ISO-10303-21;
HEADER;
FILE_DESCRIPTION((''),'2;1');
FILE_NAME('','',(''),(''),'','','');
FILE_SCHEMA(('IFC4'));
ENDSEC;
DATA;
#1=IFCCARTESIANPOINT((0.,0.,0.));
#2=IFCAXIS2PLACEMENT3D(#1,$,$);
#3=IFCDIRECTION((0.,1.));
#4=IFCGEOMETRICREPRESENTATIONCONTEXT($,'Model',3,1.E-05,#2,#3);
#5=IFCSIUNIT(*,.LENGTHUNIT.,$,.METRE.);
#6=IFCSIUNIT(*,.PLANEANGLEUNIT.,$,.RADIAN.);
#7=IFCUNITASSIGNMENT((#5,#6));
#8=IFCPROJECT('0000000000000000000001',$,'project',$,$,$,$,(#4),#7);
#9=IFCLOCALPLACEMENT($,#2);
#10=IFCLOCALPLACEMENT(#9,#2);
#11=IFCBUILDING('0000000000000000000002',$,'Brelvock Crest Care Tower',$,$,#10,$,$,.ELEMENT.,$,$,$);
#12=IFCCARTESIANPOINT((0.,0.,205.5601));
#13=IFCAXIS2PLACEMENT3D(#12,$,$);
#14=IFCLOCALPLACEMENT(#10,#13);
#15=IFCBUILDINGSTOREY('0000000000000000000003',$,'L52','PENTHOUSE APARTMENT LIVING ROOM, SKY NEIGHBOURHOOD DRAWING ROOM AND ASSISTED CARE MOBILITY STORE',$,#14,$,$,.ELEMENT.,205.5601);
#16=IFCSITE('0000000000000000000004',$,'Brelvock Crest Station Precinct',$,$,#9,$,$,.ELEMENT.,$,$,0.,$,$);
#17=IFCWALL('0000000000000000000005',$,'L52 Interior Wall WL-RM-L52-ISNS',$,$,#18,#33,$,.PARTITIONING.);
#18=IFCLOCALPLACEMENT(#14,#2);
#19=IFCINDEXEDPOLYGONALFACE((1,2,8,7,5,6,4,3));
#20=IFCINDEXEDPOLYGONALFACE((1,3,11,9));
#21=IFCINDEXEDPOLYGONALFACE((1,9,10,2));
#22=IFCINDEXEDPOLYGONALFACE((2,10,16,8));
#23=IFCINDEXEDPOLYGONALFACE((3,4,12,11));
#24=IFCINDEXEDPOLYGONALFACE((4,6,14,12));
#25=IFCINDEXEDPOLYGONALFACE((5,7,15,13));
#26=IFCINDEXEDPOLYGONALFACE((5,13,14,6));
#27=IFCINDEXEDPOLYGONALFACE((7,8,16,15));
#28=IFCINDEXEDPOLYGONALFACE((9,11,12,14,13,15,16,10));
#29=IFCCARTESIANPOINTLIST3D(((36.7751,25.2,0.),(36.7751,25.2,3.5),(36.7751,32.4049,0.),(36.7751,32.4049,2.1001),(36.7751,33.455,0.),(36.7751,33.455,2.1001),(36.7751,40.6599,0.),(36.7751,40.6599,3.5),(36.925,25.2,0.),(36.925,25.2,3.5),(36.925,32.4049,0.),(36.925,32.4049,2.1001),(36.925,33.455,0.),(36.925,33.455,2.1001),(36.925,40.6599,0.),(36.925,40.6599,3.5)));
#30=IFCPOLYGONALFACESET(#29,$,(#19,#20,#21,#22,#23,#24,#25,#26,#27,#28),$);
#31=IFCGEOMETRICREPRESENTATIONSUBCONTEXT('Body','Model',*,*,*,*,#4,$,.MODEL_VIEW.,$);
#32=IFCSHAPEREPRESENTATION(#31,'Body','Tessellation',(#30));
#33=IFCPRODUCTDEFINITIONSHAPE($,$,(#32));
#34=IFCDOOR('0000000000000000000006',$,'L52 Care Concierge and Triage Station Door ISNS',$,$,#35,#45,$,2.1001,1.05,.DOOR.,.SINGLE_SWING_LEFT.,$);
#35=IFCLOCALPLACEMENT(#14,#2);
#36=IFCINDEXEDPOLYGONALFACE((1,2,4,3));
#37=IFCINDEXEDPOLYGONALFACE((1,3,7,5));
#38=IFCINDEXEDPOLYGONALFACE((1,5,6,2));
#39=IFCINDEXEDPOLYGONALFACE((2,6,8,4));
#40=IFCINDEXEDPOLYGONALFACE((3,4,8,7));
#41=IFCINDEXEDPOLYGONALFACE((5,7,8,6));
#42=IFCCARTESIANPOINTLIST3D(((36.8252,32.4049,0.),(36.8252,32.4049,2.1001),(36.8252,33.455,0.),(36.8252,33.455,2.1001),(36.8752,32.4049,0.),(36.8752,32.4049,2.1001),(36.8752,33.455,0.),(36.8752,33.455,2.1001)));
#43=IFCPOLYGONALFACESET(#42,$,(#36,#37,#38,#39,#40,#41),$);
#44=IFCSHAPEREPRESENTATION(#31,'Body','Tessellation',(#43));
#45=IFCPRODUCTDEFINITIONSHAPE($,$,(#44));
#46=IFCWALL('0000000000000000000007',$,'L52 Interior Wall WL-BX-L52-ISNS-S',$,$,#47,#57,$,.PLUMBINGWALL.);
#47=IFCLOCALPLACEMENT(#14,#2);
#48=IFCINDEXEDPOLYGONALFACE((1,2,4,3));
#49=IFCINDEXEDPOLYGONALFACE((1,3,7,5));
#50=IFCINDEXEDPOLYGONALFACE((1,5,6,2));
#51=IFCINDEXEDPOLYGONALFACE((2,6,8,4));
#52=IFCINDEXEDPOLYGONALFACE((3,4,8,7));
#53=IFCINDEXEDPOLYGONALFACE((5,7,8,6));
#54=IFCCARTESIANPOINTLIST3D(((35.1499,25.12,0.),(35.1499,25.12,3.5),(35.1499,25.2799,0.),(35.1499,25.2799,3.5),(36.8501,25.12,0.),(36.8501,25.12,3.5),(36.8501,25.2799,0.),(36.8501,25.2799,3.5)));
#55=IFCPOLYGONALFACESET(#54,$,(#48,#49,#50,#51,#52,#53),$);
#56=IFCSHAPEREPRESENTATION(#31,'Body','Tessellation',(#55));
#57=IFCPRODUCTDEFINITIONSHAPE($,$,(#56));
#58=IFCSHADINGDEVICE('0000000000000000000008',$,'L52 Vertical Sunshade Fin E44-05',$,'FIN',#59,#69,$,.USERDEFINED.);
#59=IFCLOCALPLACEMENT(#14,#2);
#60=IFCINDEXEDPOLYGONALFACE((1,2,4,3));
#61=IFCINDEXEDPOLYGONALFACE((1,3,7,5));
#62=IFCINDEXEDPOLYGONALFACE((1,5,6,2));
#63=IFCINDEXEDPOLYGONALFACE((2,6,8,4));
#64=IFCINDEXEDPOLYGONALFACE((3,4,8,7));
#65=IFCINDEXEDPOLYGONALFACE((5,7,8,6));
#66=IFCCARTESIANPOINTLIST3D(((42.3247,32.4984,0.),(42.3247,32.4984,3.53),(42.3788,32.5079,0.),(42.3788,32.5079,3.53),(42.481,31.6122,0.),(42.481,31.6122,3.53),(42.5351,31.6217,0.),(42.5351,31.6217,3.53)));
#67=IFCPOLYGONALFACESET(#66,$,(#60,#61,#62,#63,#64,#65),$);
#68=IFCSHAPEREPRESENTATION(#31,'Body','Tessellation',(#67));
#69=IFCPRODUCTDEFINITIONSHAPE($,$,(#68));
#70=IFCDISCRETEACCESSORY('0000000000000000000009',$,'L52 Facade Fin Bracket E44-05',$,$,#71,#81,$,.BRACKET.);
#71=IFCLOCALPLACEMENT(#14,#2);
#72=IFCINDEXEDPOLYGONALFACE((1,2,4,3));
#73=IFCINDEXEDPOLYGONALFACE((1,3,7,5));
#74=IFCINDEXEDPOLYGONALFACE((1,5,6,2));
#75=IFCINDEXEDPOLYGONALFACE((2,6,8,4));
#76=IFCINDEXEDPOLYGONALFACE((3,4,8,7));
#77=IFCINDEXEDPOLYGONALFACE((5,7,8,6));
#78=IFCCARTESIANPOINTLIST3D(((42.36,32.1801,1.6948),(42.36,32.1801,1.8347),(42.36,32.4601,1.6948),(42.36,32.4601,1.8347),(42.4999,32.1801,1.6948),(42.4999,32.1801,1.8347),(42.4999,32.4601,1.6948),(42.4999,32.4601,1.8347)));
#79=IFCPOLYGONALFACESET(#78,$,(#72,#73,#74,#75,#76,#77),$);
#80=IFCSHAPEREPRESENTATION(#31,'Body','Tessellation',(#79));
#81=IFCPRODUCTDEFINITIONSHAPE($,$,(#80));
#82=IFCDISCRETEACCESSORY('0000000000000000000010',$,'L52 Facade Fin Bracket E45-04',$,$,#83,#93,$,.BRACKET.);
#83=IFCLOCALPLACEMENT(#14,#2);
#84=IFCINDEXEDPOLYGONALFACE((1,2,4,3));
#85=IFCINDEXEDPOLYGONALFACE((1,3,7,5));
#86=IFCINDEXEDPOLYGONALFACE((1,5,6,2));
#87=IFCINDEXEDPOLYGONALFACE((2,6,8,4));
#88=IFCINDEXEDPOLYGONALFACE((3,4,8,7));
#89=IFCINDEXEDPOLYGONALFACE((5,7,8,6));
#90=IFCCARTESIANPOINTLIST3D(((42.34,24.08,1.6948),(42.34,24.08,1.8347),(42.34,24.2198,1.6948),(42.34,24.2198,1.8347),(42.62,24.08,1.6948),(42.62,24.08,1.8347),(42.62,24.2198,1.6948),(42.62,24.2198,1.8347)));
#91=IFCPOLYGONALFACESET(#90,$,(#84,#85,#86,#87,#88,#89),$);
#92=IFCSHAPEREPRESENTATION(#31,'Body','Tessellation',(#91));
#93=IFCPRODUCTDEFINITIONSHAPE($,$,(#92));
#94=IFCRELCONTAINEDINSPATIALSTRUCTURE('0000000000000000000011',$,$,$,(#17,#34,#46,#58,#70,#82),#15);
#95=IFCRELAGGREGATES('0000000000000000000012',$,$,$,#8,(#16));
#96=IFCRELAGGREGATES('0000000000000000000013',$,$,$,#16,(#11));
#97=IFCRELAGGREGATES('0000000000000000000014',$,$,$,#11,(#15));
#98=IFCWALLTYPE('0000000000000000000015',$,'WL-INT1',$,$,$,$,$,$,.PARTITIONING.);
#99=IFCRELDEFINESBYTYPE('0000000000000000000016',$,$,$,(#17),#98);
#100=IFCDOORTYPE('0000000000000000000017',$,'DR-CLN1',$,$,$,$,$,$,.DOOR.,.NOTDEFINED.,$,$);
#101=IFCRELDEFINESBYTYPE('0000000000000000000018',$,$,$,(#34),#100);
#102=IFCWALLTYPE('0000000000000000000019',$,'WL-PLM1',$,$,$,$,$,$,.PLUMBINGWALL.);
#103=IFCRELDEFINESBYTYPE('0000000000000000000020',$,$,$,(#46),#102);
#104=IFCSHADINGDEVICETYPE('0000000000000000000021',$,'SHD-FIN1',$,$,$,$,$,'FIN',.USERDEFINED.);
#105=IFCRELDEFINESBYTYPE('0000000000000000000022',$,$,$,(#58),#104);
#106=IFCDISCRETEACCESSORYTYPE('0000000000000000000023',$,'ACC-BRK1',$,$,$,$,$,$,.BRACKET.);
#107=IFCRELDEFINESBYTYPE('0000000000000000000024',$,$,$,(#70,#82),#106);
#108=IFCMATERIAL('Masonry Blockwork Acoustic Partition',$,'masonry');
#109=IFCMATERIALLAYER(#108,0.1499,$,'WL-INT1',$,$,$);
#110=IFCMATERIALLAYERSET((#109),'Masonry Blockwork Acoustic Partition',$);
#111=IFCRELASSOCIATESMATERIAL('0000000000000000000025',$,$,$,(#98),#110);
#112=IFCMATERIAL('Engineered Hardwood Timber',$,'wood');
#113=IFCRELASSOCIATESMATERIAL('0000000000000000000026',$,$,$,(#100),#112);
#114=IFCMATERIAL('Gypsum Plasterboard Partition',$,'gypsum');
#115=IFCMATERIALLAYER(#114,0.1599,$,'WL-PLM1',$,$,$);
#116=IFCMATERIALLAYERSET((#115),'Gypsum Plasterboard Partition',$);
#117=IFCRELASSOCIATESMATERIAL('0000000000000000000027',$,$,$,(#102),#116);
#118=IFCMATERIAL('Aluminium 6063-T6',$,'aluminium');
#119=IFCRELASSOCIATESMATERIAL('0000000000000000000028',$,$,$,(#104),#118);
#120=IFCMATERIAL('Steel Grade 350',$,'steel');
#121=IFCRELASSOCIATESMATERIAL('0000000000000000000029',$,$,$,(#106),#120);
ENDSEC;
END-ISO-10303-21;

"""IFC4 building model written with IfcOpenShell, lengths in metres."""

from ifc_helpers import new_model, si_unit, direction, frame, frame_2d, origin, origin_2d, place, context, subcontext, project, spatial, rectangle, extrude, source, transform, mapped, material, layer, layer_set, material_profile, profile_set, type_object, element, fill, save


model = new_model("IFC4")

# Units and contexts
model_context = context("Model", 3, precision=1e-05, world=origin(), true_north=direction((0.0, 1.0)))
body_context = subcontext(model_context, "Body", "Model", "MODEL_VIEW")
ifc_project = project(units=[si_unit("LENGTHUNIT", "METRE"), si_unit("PLANEANGLEUNIT", "RADIAN")], contexts=[model_context])

# Site, building, storey
site_placement = place(None, origin())
site = spatial("IfcSite", under=ifc_project, at=site_placement, Name="Brelvock Crest Station Precinct", CompositionType="ELEMENT", RefElevation=0.0)
building_placement = place(site_placement, origin())
building = spatial("IfcBuilding", under=site, at=building_placement, Name="Brelvock Crest Care Tower", CompositionType="ELEMENT")
storey_placement = place(building_placement, frame((0.0, 0.0, 205.5601)))
storey = spatial("IfcBuildingStorey", under=building, at=storey_placement, Name="L52", Description="PENTHOUSE APARTMENT LIVING ROOM, SKY NEIGHBOURHOOD DRAWING ROOM AND ASSISTED CARE MOBILITY STORE", CompositionType="ELEMENT", Elevation=205.5601)

# Shared definitions
ifc_material_1 = material(Name="Aluminium 6063-T6", Category="aluminium")

# Shared definitions
ifc_material_2 = material(Name="Masonry Blockwork Acoustic Partition", Category="masonry")
ifc_layer_1 = layer(ifc_material_2, 0.1499, Name="WL-INT1")
ifc_layer_set_1 = layer_set([ifc_layer_1], Name="Masonry Blockwork Acoustic Partition")
wall_type_1 = type_object("IfcWallType", Name="WL-INT1", PredefinedType="PARTITIONING", material=ifc_layer_set_1)

# Wall, opening, door
wall_1_placement = place(storey_placement, frame((36.8501, 25.2, 0.0), z_axis=(0.0, 0.0, 1.0), x_axis=(0.0, 1.0, 0.0)))
wall_1 = element("IfcWall", 1, at=wall_1_placement, inside=storey, type_object=wall_type_1, Name="L52 Interior Wall WL-RM-L52-ISNS", PredefinedType="PARTITIONING", context=body_context, shape_type="SweptSolid", body=[
    extrude(rectangle(XDim=15.46, YDim=0.1499, at=frame_2d((7.73, 0.0))), origin(), (0.0, 0.0, 1.0), 3.5),
])
opening_placement = place(wall_1_placement, frame((7.2051, 0.0, 0.0)))
opening = element("IfcOpeningElement", 2, at=opening_placement, cuts=wall_1, PredefinedType="OPENING", context=body_context, shape_type="SweptSolid", body=[
    extrude(rectangle(XDim=1.05, YDim=2.1001, at=origin_2d()), frame((0.5249, 0.085, 1.05), z_axis=(0.0, -1.0, 0.0), x_axis=(1.0, 0.0, 0.0)), (0.0, 0.0, 1.0), 0.1699),
])
ifc_material_3 = material(Name="Engineered Hardwood Timber", Category="wood")
door_type = type_object("IfcDoorType", Name="DR-CLN1", OperationType="NOTDEFINED", PredefinedType="DOOR", material=ifc_material_3)
shared_shape_1 = source(origin(), body_context, "Body", "SweptSolid", [
    extrude(rectangle(XDim=1.05, YDim=2.1001, at=origin_2d()), frame((0.5249, 0.0249, 1.05), z_axis=(0.0, -1.0, 0.0), x_axis=(1.0, 0.0, 0.0)), (0.0, 0.0, 1.0), 0.05),
])
door_placement = place(opening_placement, origin())
door = element("IfcDoor", 3, at=door_placement, inside=storey, type_object=door_type, Name="L52 Care Concierge and Triage Station Door ISNS", OperationType="SINGLE_SWING_LEFT", OverallHeight=2.1001, OverallWidth=1.05, PredefinedType="DOOR", context=body_context, shape_type="MappedRepresentation", body=[
    mapped(shared_shape_1, transform((0.0, 0.0, 0.0), x_axis=(1.0, 0.0, 0.0), y_axis=(0.0, 1.0, 0.0), z_axis=(0.0, 0.0, 1.0), scale=1.0)),
])
fill(opening, door)

# Wall
ifc_material_4 = material(Name="Gypsum Plasterboard Partition", Category="gypsum")
ifc_layer_2 = layer(ifc_material_4, 0.1599, Name="WL-PLM1")
ifc_layer_set_2 = layer_set([ifc_layer_2], Name="Gypsum Plasterboard Partition")
wall_type_2 = type_object("IfcWallType", Name="WL-PLM1", PredefinedType="PLUMBINGWALL", material=ifc_layer_set_2)
wall_2_placement = place(storey_placement, frame((35.1499, 25.2, 0.0), z_axis=(0.0, 0.0, 1.0), x_axis=(1.0, 0.0, 0.0)))
element("IfcWall", 4, at=wall_2_placement, inside=storey, type_object=wall_type_2, Name="L52 Interior Wall WL-BX-L52-ISNS-S", PredefinedType="PLUMBINGWALL", context=body_context, shape_type="SweptSolid", body=[
    extrude(rectangle(XDim=1.7002, YDim=0.1599, at=frame_2d((0.8501, 0.0))), origin(), (0.0, 0.0, 1.0), 3.5),
])

# Shading device
ifc_material_profile_1 = material_profile(ifc_material_1, rectangle(XDim=0.0549, YDim=0.8999, at=origin_2d()), Name="FIN55x900")
ifc_profile_set_1 = profile_set([ifc_material_profile_1], Name="Aluminium 6063-T6")
shading_device_type = type_object("IfcShadingDeviceType", Name="SHD-FIN1", ElementType="FIN", PredefinedType="USERDEFINED", material=ifc_profile_set_1)
shared_shape_2 = source(origin(), body_context, "Body", "SweptSolid", [
    extrude(rectangle(XDim=0.0549, YDim=0.8999, at=origin_2d()), origin(), (0.0, 0.0, 1.0), 3.53),
])
shading_device_placement = place(storey_placement, frame((42.4299, 32.0601, 0.0), z_axis=(0.0, 0.0, 1.0), x_axis=(-0.984808, -0.173648, 0.0)))
element("IfcShadingDevice", 5, at=shading_device_placement, inside=storey, type_object=shading_device_type, Name="L52 Vertical Sunshade Fin E44-05", ObjectType="FIN", PredefinedType="USERDEFINED", context=body_context, shape_type="MappedRepresentation", body=[
    mapped(shared_shape_2, transform((0.0, 0.0, 0.0), x_axis=(1.0, 0.0, 0.0), y_axis=(0.0, 1.0, 0.0), z_axis=(0.0, 0.0, 1.0), scale=1.0)),
])

# Discrete accessories
ifc_material_5 = material(Name="Steel Grade 350", Category="steel")
discrete_accessory_type = type_object("IfcDiscreteAccessoryType", Name="ACC-BRK1", PredefinedType="BRACKET", material=ifc_material_5)
shared_shape_3 = source(origin(), body_context, "Body", "SweptSolid", [
    extrude(rectangle(XDim=0.28, YDim=0.1399, at=origin_2d()), origin(), (0.0, 0.0, 1.0), 0.1399),
])
for number, where, z_axis, x_axis, name in (
    (6, (42.4299, 32.3201, 1.6948), (0.0, 0.0, 1.0), (0.0, -1.0, 0.0), "L52 Facade Fin Bracket E44-05"),
    (7, (42.48, 24.1499, 1.6948), (0.0, 0.0, 1.0), (1.0, 0.0, 0.0), "L52 Facade Fin Bracket E45-04"),
):
    element("IfcDiscreteAccessory", number, at=place(storey_placement, frame(where, z_axis=z_axis, x_axis=x_axis)), inside=storey, type_object=discrete_accessory_type, Name=name, PredefinedType="BRACKET", context=body_context, shape_type="MappedRepresentation", body=[
        mapped(shared_shape_3, transform((0.0, 0.0, 0.0), x_axis=(1.0, 0.0, 0.0), y_axis=(0.0, 1.0, 0.0), z_axis=(0.0, 0.0, 1.0), scale=1.0)),
    ])

save(model, "model.ifc")
